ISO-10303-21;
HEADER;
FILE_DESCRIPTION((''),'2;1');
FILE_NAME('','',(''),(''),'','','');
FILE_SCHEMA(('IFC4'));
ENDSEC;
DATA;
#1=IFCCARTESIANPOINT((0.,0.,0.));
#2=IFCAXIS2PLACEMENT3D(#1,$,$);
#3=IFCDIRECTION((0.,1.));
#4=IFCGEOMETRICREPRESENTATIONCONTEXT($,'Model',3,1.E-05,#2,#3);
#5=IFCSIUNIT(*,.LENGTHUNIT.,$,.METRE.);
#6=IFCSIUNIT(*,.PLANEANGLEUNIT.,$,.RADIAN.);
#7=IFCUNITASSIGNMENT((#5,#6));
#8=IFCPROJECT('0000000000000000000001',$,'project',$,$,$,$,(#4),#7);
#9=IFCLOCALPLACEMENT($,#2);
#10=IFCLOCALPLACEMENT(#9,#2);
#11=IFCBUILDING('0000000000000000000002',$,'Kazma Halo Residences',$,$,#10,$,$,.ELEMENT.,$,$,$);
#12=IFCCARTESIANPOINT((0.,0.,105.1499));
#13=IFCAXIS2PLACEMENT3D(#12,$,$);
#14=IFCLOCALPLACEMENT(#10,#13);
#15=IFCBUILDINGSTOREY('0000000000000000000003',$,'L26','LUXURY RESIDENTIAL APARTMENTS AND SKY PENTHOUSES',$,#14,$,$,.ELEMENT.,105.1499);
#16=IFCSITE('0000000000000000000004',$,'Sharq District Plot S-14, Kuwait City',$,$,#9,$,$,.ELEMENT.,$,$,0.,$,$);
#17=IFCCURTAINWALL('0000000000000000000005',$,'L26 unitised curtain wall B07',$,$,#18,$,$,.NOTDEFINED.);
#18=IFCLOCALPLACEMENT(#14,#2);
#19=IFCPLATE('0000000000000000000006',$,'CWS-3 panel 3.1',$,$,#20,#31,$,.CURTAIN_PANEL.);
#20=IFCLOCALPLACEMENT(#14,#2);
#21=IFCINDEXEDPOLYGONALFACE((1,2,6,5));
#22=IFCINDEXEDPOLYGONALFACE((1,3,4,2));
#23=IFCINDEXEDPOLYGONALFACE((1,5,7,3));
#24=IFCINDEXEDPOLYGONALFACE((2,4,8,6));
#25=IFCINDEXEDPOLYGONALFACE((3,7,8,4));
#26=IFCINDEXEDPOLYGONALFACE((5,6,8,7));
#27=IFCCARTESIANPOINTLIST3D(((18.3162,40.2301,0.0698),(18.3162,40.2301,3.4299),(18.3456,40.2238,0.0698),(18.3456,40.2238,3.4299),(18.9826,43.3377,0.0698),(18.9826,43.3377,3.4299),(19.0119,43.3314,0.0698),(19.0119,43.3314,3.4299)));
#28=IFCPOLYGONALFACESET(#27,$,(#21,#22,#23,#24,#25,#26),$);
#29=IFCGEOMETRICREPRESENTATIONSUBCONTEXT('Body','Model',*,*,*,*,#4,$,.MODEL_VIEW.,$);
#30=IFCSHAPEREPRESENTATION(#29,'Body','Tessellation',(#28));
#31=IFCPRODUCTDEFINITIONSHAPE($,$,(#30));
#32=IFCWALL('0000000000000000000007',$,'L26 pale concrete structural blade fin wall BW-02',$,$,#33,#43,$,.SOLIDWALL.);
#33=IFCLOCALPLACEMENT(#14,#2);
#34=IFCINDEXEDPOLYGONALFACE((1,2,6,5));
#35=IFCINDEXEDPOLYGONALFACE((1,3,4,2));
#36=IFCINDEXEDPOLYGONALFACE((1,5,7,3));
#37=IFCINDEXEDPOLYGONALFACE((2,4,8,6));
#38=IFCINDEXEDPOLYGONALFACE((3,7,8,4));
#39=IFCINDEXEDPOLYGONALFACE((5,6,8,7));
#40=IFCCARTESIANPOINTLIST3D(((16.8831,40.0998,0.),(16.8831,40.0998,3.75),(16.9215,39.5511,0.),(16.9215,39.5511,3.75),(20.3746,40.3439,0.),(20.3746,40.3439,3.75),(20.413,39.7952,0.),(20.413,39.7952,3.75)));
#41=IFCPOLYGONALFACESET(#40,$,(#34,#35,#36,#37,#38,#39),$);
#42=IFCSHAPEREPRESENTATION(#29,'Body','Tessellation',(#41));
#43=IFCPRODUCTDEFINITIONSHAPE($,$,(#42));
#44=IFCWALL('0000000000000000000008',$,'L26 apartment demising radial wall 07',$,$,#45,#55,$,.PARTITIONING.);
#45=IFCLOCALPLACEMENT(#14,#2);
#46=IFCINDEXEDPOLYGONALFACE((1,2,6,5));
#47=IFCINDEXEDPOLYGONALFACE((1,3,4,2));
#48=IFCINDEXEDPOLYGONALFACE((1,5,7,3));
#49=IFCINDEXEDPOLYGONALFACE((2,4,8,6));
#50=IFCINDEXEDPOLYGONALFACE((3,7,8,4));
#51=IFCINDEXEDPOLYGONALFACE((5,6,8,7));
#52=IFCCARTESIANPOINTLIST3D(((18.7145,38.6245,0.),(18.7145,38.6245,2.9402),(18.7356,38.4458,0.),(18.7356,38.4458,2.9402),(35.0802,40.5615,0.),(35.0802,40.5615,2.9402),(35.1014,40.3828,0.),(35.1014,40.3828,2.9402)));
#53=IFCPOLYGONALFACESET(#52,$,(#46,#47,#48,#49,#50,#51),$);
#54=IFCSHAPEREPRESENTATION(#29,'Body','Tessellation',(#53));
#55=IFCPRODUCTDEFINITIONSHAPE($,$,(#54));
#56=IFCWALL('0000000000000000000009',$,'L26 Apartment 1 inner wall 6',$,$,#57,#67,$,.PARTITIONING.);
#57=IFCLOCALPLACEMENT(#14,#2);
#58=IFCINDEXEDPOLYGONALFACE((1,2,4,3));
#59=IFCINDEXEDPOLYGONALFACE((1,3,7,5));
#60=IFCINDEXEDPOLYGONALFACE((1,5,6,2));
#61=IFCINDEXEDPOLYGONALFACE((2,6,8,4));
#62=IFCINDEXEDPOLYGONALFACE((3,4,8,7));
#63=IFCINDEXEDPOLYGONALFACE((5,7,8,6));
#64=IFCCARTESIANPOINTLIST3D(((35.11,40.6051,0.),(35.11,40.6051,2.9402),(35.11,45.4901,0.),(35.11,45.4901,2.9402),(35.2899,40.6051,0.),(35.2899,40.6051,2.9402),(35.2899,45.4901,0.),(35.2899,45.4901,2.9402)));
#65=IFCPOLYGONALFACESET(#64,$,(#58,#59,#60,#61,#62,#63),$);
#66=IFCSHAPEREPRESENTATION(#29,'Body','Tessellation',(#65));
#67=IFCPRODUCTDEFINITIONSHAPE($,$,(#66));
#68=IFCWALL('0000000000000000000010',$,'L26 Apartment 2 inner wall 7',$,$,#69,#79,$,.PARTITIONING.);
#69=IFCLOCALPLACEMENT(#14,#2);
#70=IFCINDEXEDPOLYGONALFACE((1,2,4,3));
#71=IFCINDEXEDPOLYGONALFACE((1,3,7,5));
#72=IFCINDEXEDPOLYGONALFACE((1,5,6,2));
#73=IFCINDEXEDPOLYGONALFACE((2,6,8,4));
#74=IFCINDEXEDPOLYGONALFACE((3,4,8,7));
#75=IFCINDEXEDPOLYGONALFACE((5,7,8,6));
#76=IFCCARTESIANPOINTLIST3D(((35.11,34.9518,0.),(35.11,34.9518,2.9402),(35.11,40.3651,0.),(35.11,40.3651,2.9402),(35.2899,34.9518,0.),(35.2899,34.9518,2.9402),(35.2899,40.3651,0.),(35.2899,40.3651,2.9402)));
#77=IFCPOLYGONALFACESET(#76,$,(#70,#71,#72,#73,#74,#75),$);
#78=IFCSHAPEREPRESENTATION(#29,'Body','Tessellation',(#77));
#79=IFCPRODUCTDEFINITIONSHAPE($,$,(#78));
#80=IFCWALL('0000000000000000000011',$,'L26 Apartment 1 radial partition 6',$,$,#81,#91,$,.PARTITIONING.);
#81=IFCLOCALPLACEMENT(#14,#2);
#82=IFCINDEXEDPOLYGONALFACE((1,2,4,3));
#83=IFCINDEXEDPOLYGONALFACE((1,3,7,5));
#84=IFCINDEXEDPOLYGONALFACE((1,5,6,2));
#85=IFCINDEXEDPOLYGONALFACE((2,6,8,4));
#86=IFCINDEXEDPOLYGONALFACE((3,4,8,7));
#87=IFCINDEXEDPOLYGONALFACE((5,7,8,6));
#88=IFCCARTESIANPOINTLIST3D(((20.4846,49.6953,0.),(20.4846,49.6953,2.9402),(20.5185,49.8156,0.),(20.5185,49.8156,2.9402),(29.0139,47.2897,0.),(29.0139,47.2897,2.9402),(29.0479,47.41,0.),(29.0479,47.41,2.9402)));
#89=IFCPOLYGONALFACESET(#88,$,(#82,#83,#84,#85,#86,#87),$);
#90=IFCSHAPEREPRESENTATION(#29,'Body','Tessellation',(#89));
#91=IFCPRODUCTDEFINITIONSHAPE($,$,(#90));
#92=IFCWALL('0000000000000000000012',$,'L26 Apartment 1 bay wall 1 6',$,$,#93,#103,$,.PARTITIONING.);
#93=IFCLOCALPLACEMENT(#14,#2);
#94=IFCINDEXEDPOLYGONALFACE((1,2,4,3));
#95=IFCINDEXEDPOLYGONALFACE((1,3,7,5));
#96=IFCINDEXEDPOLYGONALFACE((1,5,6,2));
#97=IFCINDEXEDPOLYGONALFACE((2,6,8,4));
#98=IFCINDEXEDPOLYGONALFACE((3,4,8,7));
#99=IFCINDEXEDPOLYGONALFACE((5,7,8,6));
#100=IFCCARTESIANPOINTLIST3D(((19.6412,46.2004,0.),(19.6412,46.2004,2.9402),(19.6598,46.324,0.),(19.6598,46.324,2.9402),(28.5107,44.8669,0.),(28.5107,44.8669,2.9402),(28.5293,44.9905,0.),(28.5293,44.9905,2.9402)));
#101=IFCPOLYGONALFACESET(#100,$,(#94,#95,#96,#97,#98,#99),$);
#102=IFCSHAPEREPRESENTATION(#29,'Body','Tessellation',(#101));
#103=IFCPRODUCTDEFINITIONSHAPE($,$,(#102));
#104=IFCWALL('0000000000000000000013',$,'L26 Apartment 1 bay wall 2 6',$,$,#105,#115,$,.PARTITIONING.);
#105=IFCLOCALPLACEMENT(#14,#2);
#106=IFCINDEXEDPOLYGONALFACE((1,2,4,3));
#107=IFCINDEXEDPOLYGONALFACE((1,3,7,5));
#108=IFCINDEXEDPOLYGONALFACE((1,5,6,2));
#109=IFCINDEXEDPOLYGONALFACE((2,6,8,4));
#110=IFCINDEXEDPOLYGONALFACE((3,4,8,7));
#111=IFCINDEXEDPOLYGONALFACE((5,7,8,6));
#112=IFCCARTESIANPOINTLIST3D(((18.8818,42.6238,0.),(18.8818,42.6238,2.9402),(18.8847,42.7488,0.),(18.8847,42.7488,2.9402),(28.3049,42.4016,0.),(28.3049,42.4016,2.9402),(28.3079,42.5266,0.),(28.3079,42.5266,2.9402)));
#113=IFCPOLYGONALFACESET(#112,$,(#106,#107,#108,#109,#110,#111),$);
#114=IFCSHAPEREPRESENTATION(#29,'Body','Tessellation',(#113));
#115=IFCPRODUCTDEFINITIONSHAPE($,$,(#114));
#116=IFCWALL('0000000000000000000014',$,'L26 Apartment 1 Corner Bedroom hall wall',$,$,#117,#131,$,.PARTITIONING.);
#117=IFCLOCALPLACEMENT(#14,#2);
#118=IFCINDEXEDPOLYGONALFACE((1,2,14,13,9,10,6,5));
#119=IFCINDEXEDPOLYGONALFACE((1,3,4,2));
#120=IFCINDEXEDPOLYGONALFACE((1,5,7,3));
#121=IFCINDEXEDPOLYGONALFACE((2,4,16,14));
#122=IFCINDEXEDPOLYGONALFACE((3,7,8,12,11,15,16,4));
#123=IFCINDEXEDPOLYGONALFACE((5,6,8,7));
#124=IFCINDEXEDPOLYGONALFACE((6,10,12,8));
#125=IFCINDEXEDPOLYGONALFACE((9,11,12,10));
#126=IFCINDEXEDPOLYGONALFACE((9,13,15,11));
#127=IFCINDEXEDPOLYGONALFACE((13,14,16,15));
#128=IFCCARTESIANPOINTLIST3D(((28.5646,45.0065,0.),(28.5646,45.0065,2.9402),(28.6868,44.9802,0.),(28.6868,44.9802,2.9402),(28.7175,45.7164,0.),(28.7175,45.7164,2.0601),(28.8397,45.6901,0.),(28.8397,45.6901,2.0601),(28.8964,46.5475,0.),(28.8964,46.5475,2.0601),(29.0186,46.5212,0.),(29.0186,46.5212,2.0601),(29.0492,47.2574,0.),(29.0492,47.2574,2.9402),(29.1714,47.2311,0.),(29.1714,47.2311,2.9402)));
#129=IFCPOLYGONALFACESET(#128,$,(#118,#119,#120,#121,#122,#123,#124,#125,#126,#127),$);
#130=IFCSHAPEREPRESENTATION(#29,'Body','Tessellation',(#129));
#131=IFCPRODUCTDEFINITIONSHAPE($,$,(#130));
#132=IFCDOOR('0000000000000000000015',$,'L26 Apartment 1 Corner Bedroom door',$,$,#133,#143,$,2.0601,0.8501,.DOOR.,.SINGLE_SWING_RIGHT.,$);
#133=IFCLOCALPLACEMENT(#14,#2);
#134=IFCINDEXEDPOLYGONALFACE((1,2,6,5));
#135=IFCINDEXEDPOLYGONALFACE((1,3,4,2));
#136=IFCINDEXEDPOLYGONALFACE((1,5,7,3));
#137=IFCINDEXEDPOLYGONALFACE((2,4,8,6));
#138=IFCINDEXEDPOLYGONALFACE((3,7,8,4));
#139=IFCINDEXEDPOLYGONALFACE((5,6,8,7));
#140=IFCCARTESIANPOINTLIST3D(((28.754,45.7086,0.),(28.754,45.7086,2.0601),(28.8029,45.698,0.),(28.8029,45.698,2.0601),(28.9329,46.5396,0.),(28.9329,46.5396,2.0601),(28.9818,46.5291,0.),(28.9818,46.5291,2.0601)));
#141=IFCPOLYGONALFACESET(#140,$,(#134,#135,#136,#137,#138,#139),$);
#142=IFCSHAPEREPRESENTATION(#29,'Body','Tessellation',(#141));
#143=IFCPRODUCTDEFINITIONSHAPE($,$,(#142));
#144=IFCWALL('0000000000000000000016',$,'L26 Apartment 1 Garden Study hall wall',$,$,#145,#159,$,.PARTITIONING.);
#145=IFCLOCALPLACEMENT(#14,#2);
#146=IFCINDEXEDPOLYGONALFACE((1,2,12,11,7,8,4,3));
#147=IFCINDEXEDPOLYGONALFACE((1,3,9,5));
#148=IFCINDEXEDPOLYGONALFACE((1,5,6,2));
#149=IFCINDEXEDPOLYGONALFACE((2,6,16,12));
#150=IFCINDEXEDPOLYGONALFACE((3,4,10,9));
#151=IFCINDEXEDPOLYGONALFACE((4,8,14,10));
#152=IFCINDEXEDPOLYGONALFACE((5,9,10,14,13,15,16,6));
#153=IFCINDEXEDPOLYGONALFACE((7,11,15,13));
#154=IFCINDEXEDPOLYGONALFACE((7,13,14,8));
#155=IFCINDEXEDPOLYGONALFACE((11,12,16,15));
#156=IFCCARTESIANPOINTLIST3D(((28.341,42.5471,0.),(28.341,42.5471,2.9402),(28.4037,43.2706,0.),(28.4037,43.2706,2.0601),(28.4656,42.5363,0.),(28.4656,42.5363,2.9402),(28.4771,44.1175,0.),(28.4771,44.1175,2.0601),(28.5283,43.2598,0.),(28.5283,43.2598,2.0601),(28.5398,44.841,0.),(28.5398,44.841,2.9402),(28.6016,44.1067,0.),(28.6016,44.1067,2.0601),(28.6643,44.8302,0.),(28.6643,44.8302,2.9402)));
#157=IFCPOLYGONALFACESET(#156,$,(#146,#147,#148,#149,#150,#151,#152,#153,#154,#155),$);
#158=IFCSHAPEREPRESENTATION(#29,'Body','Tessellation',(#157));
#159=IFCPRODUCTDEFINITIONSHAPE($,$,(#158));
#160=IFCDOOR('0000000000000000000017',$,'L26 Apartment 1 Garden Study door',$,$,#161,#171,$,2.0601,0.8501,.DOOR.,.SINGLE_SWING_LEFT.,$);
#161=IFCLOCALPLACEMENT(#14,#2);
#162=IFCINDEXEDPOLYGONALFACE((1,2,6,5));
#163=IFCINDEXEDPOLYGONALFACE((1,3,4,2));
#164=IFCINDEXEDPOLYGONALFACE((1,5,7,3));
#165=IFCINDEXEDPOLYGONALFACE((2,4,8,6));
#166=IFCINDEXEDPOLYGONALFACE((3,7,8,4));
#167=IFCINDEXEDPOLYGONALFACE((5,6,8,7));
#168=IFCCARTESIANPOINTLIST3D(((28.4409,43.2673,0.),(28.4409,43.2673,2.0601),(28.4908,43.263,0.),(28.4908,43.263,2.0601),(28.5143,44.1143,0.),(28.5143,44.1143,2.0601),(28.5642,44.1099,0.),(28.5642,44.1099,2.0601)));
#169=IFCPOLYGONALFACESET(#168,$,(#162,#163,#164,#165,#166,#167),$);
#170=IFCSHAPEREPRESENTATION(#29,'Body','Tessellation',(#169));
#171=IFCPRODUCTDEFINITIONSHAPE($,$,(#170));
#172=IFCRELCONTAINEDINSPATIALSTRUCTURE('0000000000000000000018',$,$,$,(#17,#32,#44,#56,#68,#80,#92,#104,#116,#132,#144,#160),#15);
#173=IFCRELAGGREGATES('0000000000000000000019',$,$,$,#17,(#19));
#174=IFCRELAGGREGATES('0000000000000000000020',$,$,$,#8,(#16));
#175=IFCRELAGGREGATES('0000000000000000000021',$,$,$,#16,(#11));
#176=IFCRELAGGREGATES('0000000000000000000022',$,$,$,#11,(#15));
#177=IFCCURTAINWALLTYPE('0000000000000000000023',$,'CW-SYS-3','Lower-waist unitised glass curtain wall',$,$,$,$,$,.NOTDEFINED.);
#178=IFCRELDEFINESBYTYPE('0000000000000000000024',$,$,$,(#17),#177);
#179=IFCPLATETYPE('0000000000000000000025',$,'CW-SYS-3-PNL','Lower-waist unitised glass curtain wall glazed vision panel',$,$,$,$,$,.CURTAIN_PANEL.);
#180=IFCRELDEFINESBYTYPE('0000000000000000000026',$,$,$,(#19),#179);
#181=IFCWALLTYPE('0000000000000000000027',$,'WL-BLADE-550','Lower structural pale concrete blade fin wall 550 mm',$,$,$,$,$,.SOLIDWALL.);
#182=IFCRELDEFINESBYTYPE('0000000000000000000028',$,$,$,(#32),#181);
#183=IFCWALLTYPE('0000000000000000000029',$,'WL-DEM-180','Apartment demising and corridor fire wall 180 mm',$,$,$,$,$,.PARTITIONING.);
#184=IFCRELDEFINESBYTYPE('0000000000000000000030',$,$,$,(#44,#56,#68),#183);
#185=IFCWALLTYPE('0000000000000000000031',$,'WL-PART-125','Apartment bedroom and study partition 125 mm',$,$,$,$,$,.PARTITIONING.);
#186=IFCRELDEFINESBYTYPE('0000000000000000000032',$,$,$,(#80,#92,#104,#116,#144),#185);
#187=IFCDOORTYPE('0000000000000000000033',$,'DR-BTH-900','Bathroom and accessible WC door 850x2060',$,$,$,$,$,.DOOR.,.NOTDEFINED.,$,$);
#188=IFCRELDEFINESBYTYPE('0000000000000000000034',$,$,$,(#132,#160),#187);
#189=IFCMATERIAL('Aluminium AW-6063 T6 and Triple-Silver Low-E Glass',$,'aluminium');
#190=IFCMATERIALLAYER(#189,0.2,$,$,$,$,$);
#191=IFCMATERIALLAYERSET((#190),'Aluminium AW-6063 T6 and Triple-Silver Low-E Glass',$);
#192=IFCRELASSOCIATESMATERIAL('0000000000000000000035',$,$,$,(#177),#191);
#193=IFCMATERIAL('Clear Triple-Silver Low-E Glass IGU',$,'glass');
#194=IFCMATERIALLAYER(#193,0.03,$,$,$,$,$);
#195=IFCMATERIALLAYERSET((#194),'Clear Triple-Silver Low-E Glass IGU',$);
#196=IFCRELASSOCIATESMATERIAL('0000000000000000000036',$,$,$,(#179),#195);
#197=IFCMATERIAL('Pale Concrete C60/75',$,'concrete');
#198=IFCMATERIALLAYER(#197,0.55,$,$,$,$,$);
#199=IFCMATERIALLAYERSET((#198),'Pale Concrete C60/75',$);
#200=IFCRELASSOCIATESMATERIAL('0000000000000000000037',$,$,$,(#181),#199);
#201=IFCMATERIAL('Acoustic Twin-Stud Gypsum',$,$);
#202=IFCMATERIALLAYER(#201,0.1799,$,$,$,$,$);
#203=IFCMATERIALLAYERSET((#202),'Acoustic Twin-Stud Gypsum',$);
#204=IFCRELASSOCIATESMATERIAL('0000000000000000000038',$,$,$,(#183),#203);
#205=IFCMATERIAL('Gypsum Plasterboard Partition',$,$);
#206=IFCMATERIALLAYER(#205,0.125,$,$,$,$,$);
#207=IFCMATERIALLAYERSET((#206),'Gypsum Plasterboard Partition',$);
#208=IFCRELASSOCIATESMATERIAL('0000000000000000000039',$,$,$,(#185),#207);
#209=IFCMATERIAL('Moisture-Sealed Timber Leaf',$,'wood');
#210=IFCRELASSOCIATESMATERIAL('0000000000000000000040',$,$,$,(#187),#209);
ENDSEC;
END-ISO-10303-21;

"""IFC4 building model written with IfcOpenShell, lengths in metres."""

from ifc_helpers import new_model, si_unit, direction, frame, frame_2d, origin, origin_2d, place, context, subcontext, project, spatial, rectangle, extrude, material, layer, layer_set, type_object, element, fill, aggregate, save


model = new_model("IFC4")

# Units and contexts
model_context = context("Model", 3, precision=1e-05, world=origin(), true_north=direction((0.0, 1.0)))
body_context = subcontext(model_context, "Body", "Model", "MODEL_VIEW")
ifc_project = project(units=[si_unit("LENGTHUNIT", "METRE"), si_unit("PLANEANGLEUNIT", "RADIAN")], contexts=[model_context])

# Site, building, storey
site_placement = place(None, origin())
site = spatial("IfcSite", under=ifc_project, at=site_placement, Name="Sharq District Plot S-14, Kuwait City", CompositionType="ELEMENT", RefElevation=0.0)
building_placement = place(site_placement, origin())
building = spatial("IfcBuilding", under=site, at=building_placement, Name="Kazma Halo Residences", CompositionType="ELEMENT")
storey_placement = place(building_placement, frame((0.0, 0.0, 105.1499)))
storey = spatial("IfcBuildingStorey", under=building, at=storey_placement, Name="L26", Description="LUXURY RESIDENTIAL APARTMENTS AND SKY PENTHOUSES", CompositionType="ELEMENT", Elevation=105.1499)

# Curtain wall, plate
ifc_material_1 = material(Name="Aluminium AW-6063 T6 and Triple-Silver Low-E Glass", Category="aluminium")
ifc_layer_1 = layer(ifc_material_1, 0.2)
ifc_layer_set_1 = layer_set([ifc_layer_1], Name="Aluminium AW-6063 T6 and Triple-Silver Low-E Glass")
curtain_wall_type = type_object("IfcCurtainWallType", Name="CW-SYS-3", Description="Lower-waist unitised glass curtain wall", PredefinedType="NOTDEFINED", material=ifc_layer_set_1)
curtain_wall_placement = place(storey_placement, origin())
curtain_wall = element("IfcCurtainWall", 1, at=curtain_wall_placement, inside=storey, type_object=curtain_wall_type, Name="L26 unitised curtain wall B07", PredefinedType="NOTDEFINED")
ifc_material_2 = material(Name="Clear Triple-Silver Low-E Glass IGU", Category="glass")
ifc_layer_2 = layer(ifc_material_2, 0.03)
ifc_layer_set_2 = layer_set([ifc_layer_2], Name="Clear Triple-Silver Low-E Glass IGU")
plate_type = type_object("IfcPlateType", Name="CW-SYS-3-PNL", Description="Lower-waist unitised glass curtain wall glazed vision panel", PredefinedType="CURTAIN_PANEL", material=ifc_layer_set_2)
plate_1_placement = place(storey_placement, frame((18.6641, 41.7808, 0.0698), z_axis=(0.0, 0.0, 1.0), x_axis=(-0.209661, -0.977774, 0.0)))
plate_1 = element("IfcPlate", 2, at=plate_1_placement, type_object=plate_type, Name="CWS-3 panel 3.1", PredefinedType="CURTAIN_PANEL", context=body_context, shape_type="SweptSolid", body=[
    extrude(rectangle(XDim=3.1782, YDim=0.03, at=origin_2d()), origin(), (0.0, 0.0, 1.0), 3.3601),
])
aggregate(curtain_wall, [plate_1])

# Walls
ifc_material_3 = material(Name="Pale Concrete C60/75", Category="concrete")
ifc_layer_3 = layer(ifc_material_3, 0.55)
ifc_layer_set_3 = layer_set([ifc_layer_3], Name="Pale Concrete C60/75")
wall_type_1 = type_object("IfcWallType", Name="WL-BLADE-550", Description="Lower structural pale concrete blade fin wall 550 mm", PredefinedType="SOLIDWALL", material=ifc_layer_set_3)
wall_1_placement = place(storey_placement, frame((20.3938, 40.0696, 0.0), z_axis=(0.0, 0.0, 1.0), x_axis=(-0.997564, -0.069755, 0.0)))
element("IfcWall", 3, at=wall_1_placement, inside=storey, type_object=wall_type_1, Name="L26 pale concrete structural blade fin wall BW-02", PredefinedType="SOLIDWALL", context=body_context, shape_type="SweptSolid", body=[
    extrude(rectangle(XDim=3.5, YDim=0.55, at=frame_2d((1.75, 0.0))), origin(), (0.0, 0.0, 1.0), 3.75),
])
ifc_material_4 = material(Name="Acoustic Twin-Stud Gypsum")
ifc_layer_4 = layer(ifc_material_4, 0.1799)
ifc_layer_set_4 = layer_set([ifc_layer_4], Name="Acoustic Twin-Stud Gypsum")
wall_type_2 = type_object("IfcWallType", Name="WL-DEM-180", Description="Apartment demising and corridor fire wall 180 mm", PredefinedType="PARTITIONING", material=ifc_layer_set_4)
wall_2_placement = place(storey_placement, frame((35.0908, 40.4722, 0.0), z_axis=(0.0, 0.0, 1.0), x_axis=(-0.993068, -0.117537, 0.0)))
element("IfcWall", 4, at=wall_2_placement, inside=storey, type_object=wall_type_2, Name="L26 apartment demising radial wall 07", PredefinedType="PARTITIONING", context=body_context, shape_type="SweptSolid", body=[
    extrude(rectangle(XDim=16.48, YDim=0.1799, at=frame_2d((8.24, 0.0))), origin(), (0.0, 0.0, 1.0), 2.9402),
])
wall_3_placement = place(storey_placement, frame((35.2, 45.49, 0.0), z_axis=(0.0, 0.0, 1.0), x_axis=(0.0, -1.0, 0.0)))
element("IfcWall", 5, at=wall_3_placement, inside=storey, type_object=wall_type_2, Name="L26 Apartment 1 inner wall 6", PredefinedType="PARTITIONING", context=body_context, shape_type="SweptSolid", body=[
    extrude(rectangle(XDim=4.885, YDim=0.1799, at=frame_2d((2.4424, 0.0))), origin(), (0.0, 0.0, 1.0), 2.9402),
])
wall_4_placement = place(storey_placement, frame((35.2, 40.365, 0.0), z_axis=(0.0, 0.0, 1.0), x_axis=(0.0, -1.0, 0.0)))
element("IfcWall", 6, at=wall_4_placement, inside=storey, type_object=wall_type_2, Name="L26 Apartment 2 inner wall 7", PredefinedType="PARTITIONING", context=body_context, shape_type="SweptSolid", body=[
    extrude(rectangle(XDim=5.4133, YDim=0.1799, at=frame_2d((2.7065, 0.0))), origin(), (0.0, 0.0, 1.0), 2.9402),
])
ifc_material_5 = material(Name="Gypsum Plasterboard Partition")
ifc_layer_5 = layer(ifc_material_5, 0.125)
ifc_layer_set_5 = layer_set([ifc_layer_5], Name="Gypsum Plasterboard Partition")
wall_type_3 = type_object("IfcWallType", Name="WL-PART-125", Description="Apartment bedroom and study partition 125 mm", PredefinedType="PARTITIONING", material=ifc_layer_set_5)
wall_5_placement = place(storey_placement, frame((29.031, 47.3499, 0.0), z_axis=(0.0, 0.0, 1.0), x_axis=(-0.962455, 0.271441, 0.0)))
element("IfcWall", 7, at=wall_5_placement, inside=storey, type_object=wall_type_3, Name="L26 Apartment 1 radial partition 6", PredefinedType="PARTITIONING", context=body_context, shape_type="SweptSolid", body=[
    extrude(rectangle(XDim=8.8621, YDim=0.125, at=frame_2d((4.4312, 0.0))), origin(), (0.0, 0.0, 1.0), 2.9402),
])
wall_6_placement = place(storey_placement, frame((28.52, 44.9287, 0.0), z_axis=(0.0, 0.0, 1.0), x_axis=(-0.988886, 0.148673, 0.0)))
element("IfcWall", 8, at=wall_6_placement, inside=storey, type_object=wall_type_3, Name="L26 Apartment 1 bay wall 1 6", PredefinedType="PARTITIONING", context=body_context, shape_type="SweptSolid", body=[
    extrude(rectangle(XDim=8.9692, YDim=0.125, at=frame_2d((4.4846, 0.0))), origin(), (0.0, 0.0, 1.0), 2.9402),
])
wall_7_placement = place(storey_placement, frame((28.3064, 42.4641, 0.0), z_axis=(0.0, 0.0, 1.0), x_axis=(-0.999722, 0.02357, 0.0)))
element("IfcWall", 9, at=wall_7_placement, inside=storey, type_object=wall_type_3, Name="L26 Apartment 1 bay wall 2 6", PredefinedType="PARTITIONING", context=body_context, shape_type="SweptSolid", body=[
    extrude(rectangle(XDim=9.4258, YDim=0.125, at=frame_2d((4.7129, 0.0))), origin(), (0.0, 0.0, 1.0), 2.9402),
])

# Walls, openings, doors
wall_8_placement = place(storey_placement, frame((29.1104, 47.2444, 0.0), z_axis=(0.0, 0.0, 1.0), x_axis=(-0.21047, -0.9776, 0.0)))
wall_8 = element("IfcWall", 10, at=wall_8_placement, inside=storey, type_object=wall_type_3, Name="L26 Apartment 1 Corner Bedroom hall wall", PredefinedType="PARTITIONING", context=body_context, shape_type="SweptSolid", body=[
    extrude(rectangle(XDim=2.3025, YDim=0.125, at=frame_2d((1.1514, 0.0))), origin(), (0.0, 0.0, 1.0), 2.9402),
])
opening_1_placement = place(wall_8_placement, frame((0.7263, 0.0, 0.0)))
opening_1 = element("IfcOpeningElement", 11, at=opening_1_placement, cuts=wall_8, PredefinedType="OPENING", context=body_context, shape_type="SweptSolid", body=[
    extrude(rectangle(XDim=0.8501, YDim=2.0601, at=frame_2d((0.425, 1.03))), frame((0.0, 0.0725, 0.0), z_axis=(0.0, -1.0, 0.0), x_axis=(1.0, 0.0, 0.0)), (0.0, 0.0, 1.0), 0.145),
])
ifc_material_6 = material(Name="Moisture-Sealed Timber Leaf", Category="wood")
door_type = type_object("IfcDoorType", Name="DR-BTH-900", Description="Bathroom and accessible WC door 850x2060", OperationType="NOTDEFINED", PredefinedType="DOOR", material=ifc_material_6)
door_1_placement = place(opening_1_placement, origin())
door_1 = element("IfcDoor", 12, at=door_1_placement, inside=storey, type_object=door_type, Name="L26 Apartment 1 Corner Bedroom door", OperationType="SINGLE_SWING_RIGHT", OverallHeight=2.0601, OverallWidth=0.8501, PredefinedType="DOOR", context=body_context, shape_type="SweptSolid", body=[
    extrude(rectangle(XDim=0.8501, YDim=2.0601, at=frame_2d((0.425, 1.03))), frame((0.0, 0.0249, 0.0), z_axis=(0.0, -1.0, 0.0), x_axis=(1.0, 0.0, 0.0)), (0.0, 0.0, 1.0), 0.05),
])
fill(opening_1, door_1)
wall_9_placement = place(storey_placement, frame((28.6021, 44.8357, 0.0), z_axis=(0.0, 0.0, 1.0), x_axis=(-0.086309, -0.996268, 0.0)))
wall_9 = element("IfcWall", 13, at=wall_9_placement, inside=storey, type_object=wall_type_3, Name="L26 Apartment 1 Garden Study hall wall", PredefinedType="PARTITIONING", context=body_context, shape_type="SweptSolid", body=[
    extrude(rectangle(XDim=2.3025, YDim=0.125, at=frame_2d((1.1514, 0.0))), origin(), (0.0, 0.0, 1.0), 2.9402),
])
opening_2_placement = place(wall_9_placement, frame((0.7263, 0.0, 0.0)))
opening_2 = element("IfcOpeningElement", 14, at=opening_2_placement, cuts=wall_9, PredefinedType="OPENING", context=body_context, shape_type="SweptSolid", body=[
    extrude(rectangle(XDim=0.8501, YDim=2.0601, at=frame_2d((0.425, 1.03))), frame((0.0, 0.0725, 0.0), z_axis=(0.0, -1.0, 0.0), x_axis=(1.0, 0.0, 0.0)), (0.0, 0.0, 1.0), 0.145),
])
door_2_placement = place(opening_2_placement, origin())
door_2 = element("IfcDoor", 15, at=door_2_placement, inside=storey, type_object=door_type, Name="L26 Apartment 1 Garden Study door", OperationType="SINGLE_SWING_LEFT", OverallHeight=2.0601, OverallWidth=0.8501, PredefinedType="DOOR", context=body_context, shape_type="SweptSolid", body=[
    extrude(rectangle(XDim=0.8501, YDim=2.0601, at=frame_2d((0.425, 1.03))), frame((0.0, 0.0249, 0.0), z_axis=(0.0, -1.0, 0.0), x_axis=(1.0, 0.0, 0.0)), (0.0, 0.0, 1.0), 0.05),
])
fill(opening_2, door_2)

save(model, "model.ifc")
